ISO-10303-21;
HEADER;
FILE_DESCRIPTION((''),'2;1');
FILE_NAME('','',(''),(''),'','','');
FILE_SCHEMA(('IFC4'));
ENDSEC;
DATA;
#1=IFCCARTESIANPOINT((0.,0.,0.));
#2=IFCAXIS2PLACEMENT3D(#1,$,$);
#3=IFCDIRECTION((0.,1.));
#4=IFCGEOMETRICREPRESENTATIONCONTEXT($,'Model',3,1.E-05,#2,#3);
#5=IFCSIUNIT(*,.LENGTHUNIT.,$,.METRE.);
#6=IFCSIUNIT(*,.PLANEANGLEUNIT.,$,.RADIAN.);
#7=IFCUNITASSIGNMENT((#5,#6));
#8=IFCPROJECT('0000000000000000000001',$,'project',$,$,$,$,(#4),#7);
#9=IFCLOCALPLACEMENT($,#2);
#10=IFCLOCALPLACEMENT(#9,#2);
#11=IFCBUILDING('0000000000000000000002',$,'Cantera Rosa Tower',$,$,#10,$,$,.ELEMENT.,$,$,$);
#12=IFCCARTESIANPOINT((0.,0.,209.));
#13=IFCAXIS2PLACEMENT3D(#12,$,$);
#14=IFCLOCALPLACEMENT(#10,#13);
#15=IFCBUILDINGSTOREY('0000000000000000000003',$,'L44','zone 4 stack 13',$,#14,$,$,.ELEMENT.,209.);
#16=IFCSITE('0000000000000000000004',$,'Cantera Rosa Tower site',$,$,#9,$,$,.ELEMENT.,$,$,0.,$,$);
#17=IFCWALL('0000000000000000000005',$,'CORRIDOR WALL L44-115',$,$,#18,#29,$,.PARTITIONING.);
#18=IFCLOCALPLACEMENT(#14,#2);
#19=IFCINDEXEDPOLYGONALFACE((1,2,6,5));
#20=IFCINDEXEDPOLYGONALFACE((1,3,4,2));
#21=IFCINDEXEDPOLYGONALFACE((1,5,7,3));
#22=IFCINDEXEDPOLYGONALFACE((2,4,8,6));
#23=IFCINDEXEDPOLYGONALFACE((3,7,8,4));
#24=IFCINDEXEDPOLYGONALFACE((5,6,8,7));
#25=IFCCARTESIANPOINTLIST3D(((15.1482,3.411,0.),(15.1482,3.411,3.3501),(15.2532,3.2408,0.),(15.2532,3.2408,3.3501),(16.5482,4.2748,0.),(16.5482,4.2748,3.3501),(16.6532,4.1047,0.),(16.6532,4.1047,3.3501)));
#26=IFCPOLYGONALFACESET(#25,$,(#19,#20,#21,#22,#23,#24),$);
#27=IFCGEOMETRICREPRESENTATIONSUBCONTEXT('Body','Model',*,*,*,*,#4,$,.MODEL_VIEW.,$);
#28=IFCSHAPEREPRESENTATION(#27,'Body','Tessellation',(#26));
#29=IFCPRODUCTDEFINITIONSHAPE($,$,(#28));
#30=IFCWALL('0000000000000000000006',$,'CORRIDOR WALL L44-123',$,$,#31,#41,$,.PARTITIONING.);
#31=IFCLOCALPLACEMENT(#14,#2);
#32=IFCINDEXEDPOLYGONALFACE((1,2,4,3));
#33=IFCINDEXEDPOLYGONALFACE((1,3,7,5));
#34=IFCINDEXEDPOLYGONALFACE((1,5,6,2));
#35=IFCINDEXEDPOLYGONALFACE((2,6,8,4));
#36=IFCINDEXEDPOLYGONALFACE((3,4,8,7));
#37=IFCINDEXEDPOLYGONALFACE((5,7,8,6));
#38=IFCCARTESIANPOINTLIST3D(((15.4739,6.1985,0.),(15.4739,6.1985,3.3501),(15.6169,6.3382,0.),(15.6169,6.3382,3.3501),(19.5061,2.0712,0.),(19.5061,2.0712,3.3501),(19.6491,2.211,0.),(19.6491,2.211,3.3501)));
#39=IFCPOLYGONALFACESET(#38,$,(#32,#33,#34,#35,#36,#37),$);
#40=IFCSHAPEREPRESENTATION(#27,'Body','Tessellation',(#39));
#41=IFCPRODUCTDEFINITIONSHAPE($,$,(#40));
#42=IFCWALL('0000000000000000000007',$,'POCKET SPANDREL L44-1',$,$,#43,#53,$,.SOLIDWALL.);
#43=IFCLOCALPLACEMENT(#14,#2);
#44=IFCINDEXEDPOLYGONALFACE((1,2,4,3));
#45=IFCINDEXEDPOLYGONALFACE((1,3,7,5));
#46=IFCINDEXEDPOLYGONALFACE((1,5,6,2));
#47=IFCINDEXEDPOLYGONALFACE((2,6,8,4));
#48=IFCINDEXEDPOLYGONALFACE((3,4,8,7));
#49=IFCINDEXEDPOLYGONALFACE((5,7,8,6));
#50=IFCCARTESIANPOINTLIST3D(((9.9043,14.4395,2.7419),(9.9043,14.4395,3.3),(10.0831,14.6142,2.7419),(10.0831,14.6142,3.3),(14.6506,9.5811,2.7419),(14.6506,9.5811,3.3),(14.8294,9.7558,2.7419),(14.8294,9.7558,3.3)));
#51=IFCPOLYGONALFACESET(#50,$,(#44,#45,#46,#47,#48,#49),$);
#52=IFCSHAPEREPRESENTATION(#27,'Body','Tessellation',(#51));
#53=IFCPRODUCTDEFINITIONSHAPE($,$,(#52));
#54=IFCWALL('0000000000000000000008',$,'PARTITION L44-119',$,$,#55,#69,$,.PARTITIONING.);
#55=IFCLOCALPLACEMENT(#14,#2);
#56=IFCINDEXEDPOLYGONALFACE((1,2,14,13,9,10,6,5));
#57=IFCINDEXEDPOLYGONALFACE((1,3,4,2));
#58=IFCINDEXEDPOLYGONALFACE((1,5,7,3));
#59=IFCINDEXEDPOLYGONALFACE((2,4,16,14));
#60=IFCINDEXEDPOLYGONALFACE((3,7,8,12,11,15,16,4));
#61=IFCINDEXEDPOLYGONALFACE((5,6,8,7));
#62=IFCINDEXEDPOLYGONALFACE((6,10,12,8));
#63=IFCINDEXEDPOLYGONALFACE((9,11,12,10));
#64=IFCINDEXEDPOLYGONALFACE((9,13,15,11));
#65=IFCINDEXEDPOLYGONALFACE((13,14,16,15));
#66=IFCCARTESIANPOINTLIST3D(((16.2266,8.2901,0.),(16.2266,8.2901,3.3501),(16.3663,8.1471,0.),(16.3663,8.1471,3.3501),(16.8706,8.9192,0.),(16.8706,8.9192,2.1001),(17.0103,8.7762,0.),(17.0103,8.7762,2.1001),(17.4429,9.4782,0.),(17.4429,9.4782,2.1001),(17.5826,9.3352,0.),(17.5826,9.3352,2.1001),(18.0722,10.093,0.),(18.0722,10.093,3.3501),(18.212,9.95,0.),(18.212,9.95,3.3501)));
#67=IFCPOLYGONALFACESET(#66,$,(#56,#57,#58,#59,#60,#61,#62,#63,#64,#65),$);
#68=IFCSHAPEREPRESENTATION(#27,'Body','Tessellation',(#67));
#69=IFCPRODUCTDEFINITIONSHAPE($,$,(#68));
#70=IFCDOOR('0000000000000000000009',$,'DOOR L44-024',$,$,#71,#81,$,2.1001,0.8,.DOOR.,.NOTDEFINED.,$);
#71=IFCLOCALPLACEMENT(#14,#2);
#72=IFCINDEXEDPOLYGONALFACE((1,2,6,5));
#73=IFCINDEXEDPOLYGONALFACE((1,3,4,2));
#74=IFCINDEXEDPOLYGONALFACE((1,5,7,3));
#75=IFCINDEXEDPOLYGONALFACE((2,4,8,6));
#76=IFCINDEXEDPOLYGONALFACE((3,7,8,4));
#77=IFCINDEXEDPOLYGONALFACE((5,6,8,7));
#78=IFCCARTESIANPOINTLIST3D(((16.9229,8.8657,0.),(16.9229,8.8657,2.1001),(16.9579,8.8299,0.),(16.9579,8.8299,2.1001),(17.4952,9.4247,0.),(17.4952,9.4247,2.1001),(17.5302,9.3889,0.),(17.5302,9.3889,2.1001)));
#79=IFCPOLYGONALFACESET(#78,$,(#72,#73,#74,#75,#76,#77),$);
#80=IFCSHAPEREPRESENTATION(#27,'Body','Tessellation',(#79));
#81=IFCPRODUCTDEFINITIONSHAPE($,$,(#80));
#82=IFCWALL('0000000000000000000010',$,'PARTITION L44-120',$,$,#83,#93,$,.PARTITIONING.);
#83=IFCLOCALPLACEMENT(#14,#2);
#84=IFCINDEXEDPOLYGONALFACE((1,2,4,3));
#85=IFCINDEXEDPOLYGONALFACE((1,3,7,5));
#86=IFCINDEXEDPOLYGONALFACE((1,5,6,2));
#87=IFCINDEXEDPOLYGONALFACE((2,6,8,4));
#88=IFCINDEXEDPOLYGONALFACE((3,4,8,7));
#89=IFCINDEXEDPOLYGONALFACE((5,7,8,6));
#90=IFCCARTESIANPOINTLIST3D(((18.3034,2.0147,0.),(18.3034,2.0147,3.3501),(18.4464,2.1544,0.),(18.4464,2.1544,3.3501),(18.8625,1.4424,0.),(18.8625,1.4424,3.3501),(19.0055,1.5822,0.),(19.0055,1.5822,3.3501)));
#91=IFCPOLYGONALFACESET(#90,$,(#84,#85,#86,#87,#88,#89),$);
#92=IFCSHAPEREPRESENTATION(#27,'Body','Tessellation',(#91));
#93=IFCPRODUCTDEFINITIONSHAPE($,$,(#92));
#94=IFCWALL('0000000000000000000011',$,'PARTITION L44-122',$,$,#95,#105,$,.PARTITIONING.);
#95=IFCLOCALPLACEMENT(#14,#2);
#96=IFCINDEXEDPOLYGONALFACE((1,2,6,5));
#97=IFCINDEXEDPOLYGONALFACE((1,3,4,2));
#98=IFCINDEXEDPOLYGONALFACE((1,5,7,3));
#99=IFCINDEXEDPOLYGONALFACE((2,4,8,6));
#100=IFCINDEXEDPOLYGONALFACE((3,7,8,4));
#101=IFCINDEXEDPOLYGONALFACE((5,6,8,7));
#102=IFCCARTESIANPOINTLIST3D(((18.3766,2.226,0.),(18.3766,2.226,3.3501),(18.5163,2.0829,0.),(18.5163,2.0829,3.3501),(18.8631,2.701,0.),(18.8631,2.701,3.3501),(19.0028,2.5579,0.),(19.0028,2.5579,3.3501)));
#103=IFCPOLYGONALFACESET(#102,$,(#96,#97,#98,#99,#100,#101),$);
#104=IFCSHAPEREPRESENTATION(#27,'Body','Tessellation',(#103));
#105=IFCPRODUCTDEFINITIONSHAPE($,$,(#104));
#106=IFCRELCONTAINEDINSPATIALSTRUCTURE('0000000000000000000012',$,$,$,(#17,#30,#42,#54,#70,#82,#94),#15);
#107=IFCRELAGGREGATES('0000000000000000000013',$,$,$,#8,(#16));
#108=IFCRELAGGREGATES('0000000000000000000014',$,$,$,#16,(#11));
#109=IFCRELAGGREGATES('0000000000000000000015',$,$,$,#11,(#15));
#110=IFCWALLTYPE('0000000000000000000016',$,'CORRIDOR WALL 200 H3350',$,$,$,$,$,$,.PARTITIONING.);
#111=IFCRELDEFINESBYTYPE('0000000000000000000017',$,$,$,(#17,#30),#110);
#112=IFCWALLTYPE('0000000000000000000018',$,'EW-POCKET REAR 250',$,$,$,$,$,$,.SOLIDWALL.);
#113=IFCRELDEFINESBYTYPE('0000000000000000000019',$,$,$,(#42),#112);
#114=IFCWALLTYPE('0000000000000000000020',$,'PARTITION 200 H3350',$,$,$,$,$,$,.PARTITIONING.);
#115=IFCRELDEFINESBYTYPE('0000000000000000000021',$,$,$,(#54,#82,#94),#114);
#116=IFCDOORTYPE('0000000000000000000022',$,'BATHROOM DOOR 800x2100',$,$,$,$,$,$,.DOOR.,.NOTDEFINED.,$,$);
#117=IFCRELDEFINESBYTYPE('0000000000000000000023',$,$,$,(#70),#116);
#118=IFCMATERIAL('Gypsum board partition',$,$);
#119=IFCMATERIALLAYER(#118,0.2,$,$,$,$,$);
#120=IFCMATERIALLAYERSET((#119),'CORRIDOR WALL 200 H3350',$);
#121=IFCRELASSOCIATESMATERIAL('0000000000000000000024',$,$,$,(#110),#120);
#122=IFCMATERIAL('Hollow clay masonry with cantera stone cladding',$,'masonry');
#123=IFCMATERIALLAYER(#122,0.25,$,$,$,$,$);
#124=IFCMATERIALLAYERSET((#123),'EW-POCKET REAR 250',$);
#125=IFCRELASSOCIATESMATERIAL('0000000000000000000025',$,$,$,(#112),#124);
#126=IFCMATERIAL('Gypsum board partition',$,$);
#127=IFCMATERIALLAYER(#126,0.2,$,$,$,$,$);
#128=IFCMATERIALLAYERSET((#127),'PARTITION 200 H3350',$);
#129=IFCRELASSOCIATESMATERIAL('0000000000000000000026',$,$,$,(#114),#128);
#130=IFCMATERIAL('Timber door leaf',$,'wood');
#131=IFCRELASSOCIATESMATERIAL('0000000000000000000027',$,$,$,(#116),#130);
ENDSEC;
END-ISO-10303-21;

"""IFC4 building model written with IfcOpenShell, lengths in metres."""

from ifc_helpers import new_model, si_unit, direction, frame, frame_2d, origin, place, context, subcontext, project, spatial, rectangle, extrude, material, layer, layer_set, type_object, element, fill, save


model = new_model("IFC4")

# Units and contexts
model_context = context("Model", 3, precision=1e-05, world=origin(), true_north=direction((0.0, 1.0)))
body_context = subcontext(model_context, "Body", "Model", "MODEL_VIEW")
ifc_project = project(units=[si_unit("LENGTHUNIT", "METRE"), si_unit("PLANEANGLEUNIT", "RADIAN")], contexts=[model_context])

# Site, building, storey
site_placement = place(None, origin())
site = spatial("IfcSite", under=ifc_project, at=site_placement, Name="Cantera Rosa Tower site", CompositionType="ELEMENT", RefElevation=0.0)
building_placement = place(site_placement, origin())
building = spatial("IfcBuilding", under=site, at=building_placement, Name="Cantera Rosa Tower", CompositionType="ELEMENT")
storey_placement = place(building_placement, frame((0.0, 0.0, 209.0)))
storey = spatial("IfcBuildingStorey", under=building, at=storey_placement, Name="L44", Description="zone 4 stack 13", CompositionType="ELEMENT", Elevation=209.0)

# Walls
ifc_material_1 = material(Name="Gypsum board partition")
ifc_layer_1 = layer(ifc_material_1, 0.2)
ifc_layer_set_1 = layer_set([ifc_layer_1], Name="CORRIDOR WALL 200 H3350")
wall_type_1 = type_object("IfcWallType", Name="CORRIDOR WALL 200 H3350", PredefinedType="PARTITIONING", material=ifc_layer_set_1)
wall_1_placement = place(storey_placement, frame((15.2007, 3.3259, 0.0), z_axis=(0.0, 0.0, 1.0), x_axis=(0.851036, 0.525107, 0.0)))
element("IfcWall", 1, at=wall_1_placement, inside=storey, type_object=wall_type_1, Name="CORRIDOR WALL L44-115", PredefinedType="PARTITIONING", context=body_context, shape_type="SweptSolid", body=[
    extrude(rectangle(XDim=1.645, YDim=0.2, at=frame_2d((0.8225, 0.0))), origin(), (0.0, 0.0, 1.0), 3.3501),
])
wall_2_placement = place(storey_placement, frame((19.5776, 2.1411, 0.0), z_axis=(0.0, 0.0, 1.0), x_axis=(-0.698829, 0.715289, 0.0)))
element("IfcWall", 2, at=wall_2_placement, inside=storey, type_object=wall_type_1, Name="CORRIDOR WALL L44-123", PredefinedType="PARTITIONING", context=body_context, shape_type="SweptSolid", body=[
    extrude(rectangle(XDim=5.77, YDim=0.2, at=frame_2d((2.885, 0.0))), origin(), (0.0, 0.0, 1.0), 3.3501),
])
ifc_material_2 = material(Name="Hollow clay masonry with cantera stone cladding", Category="masonry")
ifc_layer_2 = layer(ifc_material_2, 0.25)
ifc_layer_set_2 = layer_set([ifc_layer_2], Name="EW-POCKET REAR 250")
wall_type_2 = type_object("IfcWallType", Name="EW-POCKET REAR 250", PredefinedType="SOLIDWALL", material=ifc_layer_set_2)
wall_3_placement = place(storey_placement, frame((14.74, 9.6685, 2.7419), z_axis=(0.0, 0.0, 1.0), x_axis=(-0.698809, 0.715308, 0.0)))
element("IfcWall", 3, at=wall_3_placement, inside=storey, type_object=wall_type_2, Name="POCKET SPANDREL L44-1", PredefinedType="SOLIDWALL", context=body_context, shape_type="SweptSolid", body=[
    extrude(rectangle(XDim=6.792, YDim=0.25, at=frame_2d((3.396, 0.0))), origin(), (0.0, 0.0, 1.0), 0.5581),
])

# Wall, opening, door
ifc_material_3 = material(Name="Gypsum board partition")
ifc_layer_3 = layer(ifc_material_3, 0.2)
ifc_layer_set_3 = layer_set([ifc_layer_3], Name="PARTITION 200 H3350")
wall_type_3 = type_object("IfcWallType", Name="PARTITION 200 H3350", PredefinedType="PARTITIONING", material=ifc_layer_set_3)
wall_4_placement = place(storey_placement, frame((18.1421, 10.0215, 0.0), z_axis=(0.0, 0.0, 1.0), x_axis=(-0.715338, -0.698779, 0.0)))
wall_4 = element("IfcWall", 4, at=wall_4_placement, inside=storey, type_object=wall_type_3, Name="PARTITION L44-119", PredefinedType="PARTITIONING", context=body_context, shape_type="SweptSolid", body=[
    extrude(rectangle(XDim=2.5801, YDim=0.2, at=frame_2d((1.29, 0.0))), origin(), (0.0, 0.0, 1.0), 3.3501),
])
opening_placement = place(wall_4_placement, frame((0.8799, 0.0, 0.0)))
opening = element("IfcOpeningElement", 5, at=opening_placement, cuts=wall_4, PredefinedType="OPENING", context=body_context, shape_type="SweptSolid", body=[
    extrude(rectangle(XDim=0.8, YDim=2.1001, at=frame_2d((0.3999, 1.05))), frame((0.0, 0.1099, 0.0), z_axis=(0.0, -1.0, 0.0), x_axis=(1.0, 0.0, 0.0)), (0.0, 0.0, 1.0), 0.22),
])
ifc_material_4 = material(Name="Timber door leaf", Category="wood")
door_type = type_object("IfcDoorType", Name="BATHROOM DOOR 800x2100", OperationType="NOTDEFINED", PredefinedType="DOOR", material=ifc_material_4)
door_placement = place(opening_placement, origin())
door = element("IfcDoor", 6, at=door_placement, inside=storey, type_object=door_type, Name="DOOR L44-024", OperationType="NOTDEFINED", OverallHeight=2.1001, OverallWidth=0.8, PredefinedType="DOOR", context=body_context, shape_type="SweptSolid", body=[
    extrude(rectangle(XDim=0.8, YDim=2.1001, at=frame_2d((0.3999, 1.05))), frame((0.0, 0.0249, 0.0), z_axis=(0.0, -1.0, 0.0), x_axis=(1.0, 0.0, 0.0)), (0.0, 0.0, 1.0), 0.05),
])
fill(opening, door)

# Walls
wall_5_placement = place(storey_placement, frame((18.375, 2.0845, 0.0), z_axis=(0.0, 0.0, 1.0), x_axis=(0.698819, -0.715298, 0.0)))
element("IfcWall", 7, at=wall_5_placement, inside=storey, type_object=wall_type_3, Name="PARTITION L44-120", PredefinedType="PARTITIONING", context=body_context, shape_type="SweptSolid", body=[
    extrude(rectangle(XDim=0.8, YDim=0.2, at=frame_2d((0.3999, 0.0))), origin(), (0.0, 0.0, 1.0), 3.3501),
])
wall_6_placement = place(storey_placement, frame((18.9329, 2.6294, 0.0), z_axis=(0.0, 0.0, 1.0), x_axis=(-0.715493, -0.69862, 0.0)))
element("IfcWall", 8, at=wall_6_placement, inside=storey, type_object=wall_type_3, Name="PARTITION L44-122", PredefinedType="PARTITIONING", context=body_context, shape_type="SweptSolid", body=[
    extrude(rectangle(XDim=0.6799, YDim=0.2, at=frame_2d((0.3398, 0.0))), origin(), (0.0, 0.0, 1.0), 3.3501),
])

save(model, "model.ifc")
